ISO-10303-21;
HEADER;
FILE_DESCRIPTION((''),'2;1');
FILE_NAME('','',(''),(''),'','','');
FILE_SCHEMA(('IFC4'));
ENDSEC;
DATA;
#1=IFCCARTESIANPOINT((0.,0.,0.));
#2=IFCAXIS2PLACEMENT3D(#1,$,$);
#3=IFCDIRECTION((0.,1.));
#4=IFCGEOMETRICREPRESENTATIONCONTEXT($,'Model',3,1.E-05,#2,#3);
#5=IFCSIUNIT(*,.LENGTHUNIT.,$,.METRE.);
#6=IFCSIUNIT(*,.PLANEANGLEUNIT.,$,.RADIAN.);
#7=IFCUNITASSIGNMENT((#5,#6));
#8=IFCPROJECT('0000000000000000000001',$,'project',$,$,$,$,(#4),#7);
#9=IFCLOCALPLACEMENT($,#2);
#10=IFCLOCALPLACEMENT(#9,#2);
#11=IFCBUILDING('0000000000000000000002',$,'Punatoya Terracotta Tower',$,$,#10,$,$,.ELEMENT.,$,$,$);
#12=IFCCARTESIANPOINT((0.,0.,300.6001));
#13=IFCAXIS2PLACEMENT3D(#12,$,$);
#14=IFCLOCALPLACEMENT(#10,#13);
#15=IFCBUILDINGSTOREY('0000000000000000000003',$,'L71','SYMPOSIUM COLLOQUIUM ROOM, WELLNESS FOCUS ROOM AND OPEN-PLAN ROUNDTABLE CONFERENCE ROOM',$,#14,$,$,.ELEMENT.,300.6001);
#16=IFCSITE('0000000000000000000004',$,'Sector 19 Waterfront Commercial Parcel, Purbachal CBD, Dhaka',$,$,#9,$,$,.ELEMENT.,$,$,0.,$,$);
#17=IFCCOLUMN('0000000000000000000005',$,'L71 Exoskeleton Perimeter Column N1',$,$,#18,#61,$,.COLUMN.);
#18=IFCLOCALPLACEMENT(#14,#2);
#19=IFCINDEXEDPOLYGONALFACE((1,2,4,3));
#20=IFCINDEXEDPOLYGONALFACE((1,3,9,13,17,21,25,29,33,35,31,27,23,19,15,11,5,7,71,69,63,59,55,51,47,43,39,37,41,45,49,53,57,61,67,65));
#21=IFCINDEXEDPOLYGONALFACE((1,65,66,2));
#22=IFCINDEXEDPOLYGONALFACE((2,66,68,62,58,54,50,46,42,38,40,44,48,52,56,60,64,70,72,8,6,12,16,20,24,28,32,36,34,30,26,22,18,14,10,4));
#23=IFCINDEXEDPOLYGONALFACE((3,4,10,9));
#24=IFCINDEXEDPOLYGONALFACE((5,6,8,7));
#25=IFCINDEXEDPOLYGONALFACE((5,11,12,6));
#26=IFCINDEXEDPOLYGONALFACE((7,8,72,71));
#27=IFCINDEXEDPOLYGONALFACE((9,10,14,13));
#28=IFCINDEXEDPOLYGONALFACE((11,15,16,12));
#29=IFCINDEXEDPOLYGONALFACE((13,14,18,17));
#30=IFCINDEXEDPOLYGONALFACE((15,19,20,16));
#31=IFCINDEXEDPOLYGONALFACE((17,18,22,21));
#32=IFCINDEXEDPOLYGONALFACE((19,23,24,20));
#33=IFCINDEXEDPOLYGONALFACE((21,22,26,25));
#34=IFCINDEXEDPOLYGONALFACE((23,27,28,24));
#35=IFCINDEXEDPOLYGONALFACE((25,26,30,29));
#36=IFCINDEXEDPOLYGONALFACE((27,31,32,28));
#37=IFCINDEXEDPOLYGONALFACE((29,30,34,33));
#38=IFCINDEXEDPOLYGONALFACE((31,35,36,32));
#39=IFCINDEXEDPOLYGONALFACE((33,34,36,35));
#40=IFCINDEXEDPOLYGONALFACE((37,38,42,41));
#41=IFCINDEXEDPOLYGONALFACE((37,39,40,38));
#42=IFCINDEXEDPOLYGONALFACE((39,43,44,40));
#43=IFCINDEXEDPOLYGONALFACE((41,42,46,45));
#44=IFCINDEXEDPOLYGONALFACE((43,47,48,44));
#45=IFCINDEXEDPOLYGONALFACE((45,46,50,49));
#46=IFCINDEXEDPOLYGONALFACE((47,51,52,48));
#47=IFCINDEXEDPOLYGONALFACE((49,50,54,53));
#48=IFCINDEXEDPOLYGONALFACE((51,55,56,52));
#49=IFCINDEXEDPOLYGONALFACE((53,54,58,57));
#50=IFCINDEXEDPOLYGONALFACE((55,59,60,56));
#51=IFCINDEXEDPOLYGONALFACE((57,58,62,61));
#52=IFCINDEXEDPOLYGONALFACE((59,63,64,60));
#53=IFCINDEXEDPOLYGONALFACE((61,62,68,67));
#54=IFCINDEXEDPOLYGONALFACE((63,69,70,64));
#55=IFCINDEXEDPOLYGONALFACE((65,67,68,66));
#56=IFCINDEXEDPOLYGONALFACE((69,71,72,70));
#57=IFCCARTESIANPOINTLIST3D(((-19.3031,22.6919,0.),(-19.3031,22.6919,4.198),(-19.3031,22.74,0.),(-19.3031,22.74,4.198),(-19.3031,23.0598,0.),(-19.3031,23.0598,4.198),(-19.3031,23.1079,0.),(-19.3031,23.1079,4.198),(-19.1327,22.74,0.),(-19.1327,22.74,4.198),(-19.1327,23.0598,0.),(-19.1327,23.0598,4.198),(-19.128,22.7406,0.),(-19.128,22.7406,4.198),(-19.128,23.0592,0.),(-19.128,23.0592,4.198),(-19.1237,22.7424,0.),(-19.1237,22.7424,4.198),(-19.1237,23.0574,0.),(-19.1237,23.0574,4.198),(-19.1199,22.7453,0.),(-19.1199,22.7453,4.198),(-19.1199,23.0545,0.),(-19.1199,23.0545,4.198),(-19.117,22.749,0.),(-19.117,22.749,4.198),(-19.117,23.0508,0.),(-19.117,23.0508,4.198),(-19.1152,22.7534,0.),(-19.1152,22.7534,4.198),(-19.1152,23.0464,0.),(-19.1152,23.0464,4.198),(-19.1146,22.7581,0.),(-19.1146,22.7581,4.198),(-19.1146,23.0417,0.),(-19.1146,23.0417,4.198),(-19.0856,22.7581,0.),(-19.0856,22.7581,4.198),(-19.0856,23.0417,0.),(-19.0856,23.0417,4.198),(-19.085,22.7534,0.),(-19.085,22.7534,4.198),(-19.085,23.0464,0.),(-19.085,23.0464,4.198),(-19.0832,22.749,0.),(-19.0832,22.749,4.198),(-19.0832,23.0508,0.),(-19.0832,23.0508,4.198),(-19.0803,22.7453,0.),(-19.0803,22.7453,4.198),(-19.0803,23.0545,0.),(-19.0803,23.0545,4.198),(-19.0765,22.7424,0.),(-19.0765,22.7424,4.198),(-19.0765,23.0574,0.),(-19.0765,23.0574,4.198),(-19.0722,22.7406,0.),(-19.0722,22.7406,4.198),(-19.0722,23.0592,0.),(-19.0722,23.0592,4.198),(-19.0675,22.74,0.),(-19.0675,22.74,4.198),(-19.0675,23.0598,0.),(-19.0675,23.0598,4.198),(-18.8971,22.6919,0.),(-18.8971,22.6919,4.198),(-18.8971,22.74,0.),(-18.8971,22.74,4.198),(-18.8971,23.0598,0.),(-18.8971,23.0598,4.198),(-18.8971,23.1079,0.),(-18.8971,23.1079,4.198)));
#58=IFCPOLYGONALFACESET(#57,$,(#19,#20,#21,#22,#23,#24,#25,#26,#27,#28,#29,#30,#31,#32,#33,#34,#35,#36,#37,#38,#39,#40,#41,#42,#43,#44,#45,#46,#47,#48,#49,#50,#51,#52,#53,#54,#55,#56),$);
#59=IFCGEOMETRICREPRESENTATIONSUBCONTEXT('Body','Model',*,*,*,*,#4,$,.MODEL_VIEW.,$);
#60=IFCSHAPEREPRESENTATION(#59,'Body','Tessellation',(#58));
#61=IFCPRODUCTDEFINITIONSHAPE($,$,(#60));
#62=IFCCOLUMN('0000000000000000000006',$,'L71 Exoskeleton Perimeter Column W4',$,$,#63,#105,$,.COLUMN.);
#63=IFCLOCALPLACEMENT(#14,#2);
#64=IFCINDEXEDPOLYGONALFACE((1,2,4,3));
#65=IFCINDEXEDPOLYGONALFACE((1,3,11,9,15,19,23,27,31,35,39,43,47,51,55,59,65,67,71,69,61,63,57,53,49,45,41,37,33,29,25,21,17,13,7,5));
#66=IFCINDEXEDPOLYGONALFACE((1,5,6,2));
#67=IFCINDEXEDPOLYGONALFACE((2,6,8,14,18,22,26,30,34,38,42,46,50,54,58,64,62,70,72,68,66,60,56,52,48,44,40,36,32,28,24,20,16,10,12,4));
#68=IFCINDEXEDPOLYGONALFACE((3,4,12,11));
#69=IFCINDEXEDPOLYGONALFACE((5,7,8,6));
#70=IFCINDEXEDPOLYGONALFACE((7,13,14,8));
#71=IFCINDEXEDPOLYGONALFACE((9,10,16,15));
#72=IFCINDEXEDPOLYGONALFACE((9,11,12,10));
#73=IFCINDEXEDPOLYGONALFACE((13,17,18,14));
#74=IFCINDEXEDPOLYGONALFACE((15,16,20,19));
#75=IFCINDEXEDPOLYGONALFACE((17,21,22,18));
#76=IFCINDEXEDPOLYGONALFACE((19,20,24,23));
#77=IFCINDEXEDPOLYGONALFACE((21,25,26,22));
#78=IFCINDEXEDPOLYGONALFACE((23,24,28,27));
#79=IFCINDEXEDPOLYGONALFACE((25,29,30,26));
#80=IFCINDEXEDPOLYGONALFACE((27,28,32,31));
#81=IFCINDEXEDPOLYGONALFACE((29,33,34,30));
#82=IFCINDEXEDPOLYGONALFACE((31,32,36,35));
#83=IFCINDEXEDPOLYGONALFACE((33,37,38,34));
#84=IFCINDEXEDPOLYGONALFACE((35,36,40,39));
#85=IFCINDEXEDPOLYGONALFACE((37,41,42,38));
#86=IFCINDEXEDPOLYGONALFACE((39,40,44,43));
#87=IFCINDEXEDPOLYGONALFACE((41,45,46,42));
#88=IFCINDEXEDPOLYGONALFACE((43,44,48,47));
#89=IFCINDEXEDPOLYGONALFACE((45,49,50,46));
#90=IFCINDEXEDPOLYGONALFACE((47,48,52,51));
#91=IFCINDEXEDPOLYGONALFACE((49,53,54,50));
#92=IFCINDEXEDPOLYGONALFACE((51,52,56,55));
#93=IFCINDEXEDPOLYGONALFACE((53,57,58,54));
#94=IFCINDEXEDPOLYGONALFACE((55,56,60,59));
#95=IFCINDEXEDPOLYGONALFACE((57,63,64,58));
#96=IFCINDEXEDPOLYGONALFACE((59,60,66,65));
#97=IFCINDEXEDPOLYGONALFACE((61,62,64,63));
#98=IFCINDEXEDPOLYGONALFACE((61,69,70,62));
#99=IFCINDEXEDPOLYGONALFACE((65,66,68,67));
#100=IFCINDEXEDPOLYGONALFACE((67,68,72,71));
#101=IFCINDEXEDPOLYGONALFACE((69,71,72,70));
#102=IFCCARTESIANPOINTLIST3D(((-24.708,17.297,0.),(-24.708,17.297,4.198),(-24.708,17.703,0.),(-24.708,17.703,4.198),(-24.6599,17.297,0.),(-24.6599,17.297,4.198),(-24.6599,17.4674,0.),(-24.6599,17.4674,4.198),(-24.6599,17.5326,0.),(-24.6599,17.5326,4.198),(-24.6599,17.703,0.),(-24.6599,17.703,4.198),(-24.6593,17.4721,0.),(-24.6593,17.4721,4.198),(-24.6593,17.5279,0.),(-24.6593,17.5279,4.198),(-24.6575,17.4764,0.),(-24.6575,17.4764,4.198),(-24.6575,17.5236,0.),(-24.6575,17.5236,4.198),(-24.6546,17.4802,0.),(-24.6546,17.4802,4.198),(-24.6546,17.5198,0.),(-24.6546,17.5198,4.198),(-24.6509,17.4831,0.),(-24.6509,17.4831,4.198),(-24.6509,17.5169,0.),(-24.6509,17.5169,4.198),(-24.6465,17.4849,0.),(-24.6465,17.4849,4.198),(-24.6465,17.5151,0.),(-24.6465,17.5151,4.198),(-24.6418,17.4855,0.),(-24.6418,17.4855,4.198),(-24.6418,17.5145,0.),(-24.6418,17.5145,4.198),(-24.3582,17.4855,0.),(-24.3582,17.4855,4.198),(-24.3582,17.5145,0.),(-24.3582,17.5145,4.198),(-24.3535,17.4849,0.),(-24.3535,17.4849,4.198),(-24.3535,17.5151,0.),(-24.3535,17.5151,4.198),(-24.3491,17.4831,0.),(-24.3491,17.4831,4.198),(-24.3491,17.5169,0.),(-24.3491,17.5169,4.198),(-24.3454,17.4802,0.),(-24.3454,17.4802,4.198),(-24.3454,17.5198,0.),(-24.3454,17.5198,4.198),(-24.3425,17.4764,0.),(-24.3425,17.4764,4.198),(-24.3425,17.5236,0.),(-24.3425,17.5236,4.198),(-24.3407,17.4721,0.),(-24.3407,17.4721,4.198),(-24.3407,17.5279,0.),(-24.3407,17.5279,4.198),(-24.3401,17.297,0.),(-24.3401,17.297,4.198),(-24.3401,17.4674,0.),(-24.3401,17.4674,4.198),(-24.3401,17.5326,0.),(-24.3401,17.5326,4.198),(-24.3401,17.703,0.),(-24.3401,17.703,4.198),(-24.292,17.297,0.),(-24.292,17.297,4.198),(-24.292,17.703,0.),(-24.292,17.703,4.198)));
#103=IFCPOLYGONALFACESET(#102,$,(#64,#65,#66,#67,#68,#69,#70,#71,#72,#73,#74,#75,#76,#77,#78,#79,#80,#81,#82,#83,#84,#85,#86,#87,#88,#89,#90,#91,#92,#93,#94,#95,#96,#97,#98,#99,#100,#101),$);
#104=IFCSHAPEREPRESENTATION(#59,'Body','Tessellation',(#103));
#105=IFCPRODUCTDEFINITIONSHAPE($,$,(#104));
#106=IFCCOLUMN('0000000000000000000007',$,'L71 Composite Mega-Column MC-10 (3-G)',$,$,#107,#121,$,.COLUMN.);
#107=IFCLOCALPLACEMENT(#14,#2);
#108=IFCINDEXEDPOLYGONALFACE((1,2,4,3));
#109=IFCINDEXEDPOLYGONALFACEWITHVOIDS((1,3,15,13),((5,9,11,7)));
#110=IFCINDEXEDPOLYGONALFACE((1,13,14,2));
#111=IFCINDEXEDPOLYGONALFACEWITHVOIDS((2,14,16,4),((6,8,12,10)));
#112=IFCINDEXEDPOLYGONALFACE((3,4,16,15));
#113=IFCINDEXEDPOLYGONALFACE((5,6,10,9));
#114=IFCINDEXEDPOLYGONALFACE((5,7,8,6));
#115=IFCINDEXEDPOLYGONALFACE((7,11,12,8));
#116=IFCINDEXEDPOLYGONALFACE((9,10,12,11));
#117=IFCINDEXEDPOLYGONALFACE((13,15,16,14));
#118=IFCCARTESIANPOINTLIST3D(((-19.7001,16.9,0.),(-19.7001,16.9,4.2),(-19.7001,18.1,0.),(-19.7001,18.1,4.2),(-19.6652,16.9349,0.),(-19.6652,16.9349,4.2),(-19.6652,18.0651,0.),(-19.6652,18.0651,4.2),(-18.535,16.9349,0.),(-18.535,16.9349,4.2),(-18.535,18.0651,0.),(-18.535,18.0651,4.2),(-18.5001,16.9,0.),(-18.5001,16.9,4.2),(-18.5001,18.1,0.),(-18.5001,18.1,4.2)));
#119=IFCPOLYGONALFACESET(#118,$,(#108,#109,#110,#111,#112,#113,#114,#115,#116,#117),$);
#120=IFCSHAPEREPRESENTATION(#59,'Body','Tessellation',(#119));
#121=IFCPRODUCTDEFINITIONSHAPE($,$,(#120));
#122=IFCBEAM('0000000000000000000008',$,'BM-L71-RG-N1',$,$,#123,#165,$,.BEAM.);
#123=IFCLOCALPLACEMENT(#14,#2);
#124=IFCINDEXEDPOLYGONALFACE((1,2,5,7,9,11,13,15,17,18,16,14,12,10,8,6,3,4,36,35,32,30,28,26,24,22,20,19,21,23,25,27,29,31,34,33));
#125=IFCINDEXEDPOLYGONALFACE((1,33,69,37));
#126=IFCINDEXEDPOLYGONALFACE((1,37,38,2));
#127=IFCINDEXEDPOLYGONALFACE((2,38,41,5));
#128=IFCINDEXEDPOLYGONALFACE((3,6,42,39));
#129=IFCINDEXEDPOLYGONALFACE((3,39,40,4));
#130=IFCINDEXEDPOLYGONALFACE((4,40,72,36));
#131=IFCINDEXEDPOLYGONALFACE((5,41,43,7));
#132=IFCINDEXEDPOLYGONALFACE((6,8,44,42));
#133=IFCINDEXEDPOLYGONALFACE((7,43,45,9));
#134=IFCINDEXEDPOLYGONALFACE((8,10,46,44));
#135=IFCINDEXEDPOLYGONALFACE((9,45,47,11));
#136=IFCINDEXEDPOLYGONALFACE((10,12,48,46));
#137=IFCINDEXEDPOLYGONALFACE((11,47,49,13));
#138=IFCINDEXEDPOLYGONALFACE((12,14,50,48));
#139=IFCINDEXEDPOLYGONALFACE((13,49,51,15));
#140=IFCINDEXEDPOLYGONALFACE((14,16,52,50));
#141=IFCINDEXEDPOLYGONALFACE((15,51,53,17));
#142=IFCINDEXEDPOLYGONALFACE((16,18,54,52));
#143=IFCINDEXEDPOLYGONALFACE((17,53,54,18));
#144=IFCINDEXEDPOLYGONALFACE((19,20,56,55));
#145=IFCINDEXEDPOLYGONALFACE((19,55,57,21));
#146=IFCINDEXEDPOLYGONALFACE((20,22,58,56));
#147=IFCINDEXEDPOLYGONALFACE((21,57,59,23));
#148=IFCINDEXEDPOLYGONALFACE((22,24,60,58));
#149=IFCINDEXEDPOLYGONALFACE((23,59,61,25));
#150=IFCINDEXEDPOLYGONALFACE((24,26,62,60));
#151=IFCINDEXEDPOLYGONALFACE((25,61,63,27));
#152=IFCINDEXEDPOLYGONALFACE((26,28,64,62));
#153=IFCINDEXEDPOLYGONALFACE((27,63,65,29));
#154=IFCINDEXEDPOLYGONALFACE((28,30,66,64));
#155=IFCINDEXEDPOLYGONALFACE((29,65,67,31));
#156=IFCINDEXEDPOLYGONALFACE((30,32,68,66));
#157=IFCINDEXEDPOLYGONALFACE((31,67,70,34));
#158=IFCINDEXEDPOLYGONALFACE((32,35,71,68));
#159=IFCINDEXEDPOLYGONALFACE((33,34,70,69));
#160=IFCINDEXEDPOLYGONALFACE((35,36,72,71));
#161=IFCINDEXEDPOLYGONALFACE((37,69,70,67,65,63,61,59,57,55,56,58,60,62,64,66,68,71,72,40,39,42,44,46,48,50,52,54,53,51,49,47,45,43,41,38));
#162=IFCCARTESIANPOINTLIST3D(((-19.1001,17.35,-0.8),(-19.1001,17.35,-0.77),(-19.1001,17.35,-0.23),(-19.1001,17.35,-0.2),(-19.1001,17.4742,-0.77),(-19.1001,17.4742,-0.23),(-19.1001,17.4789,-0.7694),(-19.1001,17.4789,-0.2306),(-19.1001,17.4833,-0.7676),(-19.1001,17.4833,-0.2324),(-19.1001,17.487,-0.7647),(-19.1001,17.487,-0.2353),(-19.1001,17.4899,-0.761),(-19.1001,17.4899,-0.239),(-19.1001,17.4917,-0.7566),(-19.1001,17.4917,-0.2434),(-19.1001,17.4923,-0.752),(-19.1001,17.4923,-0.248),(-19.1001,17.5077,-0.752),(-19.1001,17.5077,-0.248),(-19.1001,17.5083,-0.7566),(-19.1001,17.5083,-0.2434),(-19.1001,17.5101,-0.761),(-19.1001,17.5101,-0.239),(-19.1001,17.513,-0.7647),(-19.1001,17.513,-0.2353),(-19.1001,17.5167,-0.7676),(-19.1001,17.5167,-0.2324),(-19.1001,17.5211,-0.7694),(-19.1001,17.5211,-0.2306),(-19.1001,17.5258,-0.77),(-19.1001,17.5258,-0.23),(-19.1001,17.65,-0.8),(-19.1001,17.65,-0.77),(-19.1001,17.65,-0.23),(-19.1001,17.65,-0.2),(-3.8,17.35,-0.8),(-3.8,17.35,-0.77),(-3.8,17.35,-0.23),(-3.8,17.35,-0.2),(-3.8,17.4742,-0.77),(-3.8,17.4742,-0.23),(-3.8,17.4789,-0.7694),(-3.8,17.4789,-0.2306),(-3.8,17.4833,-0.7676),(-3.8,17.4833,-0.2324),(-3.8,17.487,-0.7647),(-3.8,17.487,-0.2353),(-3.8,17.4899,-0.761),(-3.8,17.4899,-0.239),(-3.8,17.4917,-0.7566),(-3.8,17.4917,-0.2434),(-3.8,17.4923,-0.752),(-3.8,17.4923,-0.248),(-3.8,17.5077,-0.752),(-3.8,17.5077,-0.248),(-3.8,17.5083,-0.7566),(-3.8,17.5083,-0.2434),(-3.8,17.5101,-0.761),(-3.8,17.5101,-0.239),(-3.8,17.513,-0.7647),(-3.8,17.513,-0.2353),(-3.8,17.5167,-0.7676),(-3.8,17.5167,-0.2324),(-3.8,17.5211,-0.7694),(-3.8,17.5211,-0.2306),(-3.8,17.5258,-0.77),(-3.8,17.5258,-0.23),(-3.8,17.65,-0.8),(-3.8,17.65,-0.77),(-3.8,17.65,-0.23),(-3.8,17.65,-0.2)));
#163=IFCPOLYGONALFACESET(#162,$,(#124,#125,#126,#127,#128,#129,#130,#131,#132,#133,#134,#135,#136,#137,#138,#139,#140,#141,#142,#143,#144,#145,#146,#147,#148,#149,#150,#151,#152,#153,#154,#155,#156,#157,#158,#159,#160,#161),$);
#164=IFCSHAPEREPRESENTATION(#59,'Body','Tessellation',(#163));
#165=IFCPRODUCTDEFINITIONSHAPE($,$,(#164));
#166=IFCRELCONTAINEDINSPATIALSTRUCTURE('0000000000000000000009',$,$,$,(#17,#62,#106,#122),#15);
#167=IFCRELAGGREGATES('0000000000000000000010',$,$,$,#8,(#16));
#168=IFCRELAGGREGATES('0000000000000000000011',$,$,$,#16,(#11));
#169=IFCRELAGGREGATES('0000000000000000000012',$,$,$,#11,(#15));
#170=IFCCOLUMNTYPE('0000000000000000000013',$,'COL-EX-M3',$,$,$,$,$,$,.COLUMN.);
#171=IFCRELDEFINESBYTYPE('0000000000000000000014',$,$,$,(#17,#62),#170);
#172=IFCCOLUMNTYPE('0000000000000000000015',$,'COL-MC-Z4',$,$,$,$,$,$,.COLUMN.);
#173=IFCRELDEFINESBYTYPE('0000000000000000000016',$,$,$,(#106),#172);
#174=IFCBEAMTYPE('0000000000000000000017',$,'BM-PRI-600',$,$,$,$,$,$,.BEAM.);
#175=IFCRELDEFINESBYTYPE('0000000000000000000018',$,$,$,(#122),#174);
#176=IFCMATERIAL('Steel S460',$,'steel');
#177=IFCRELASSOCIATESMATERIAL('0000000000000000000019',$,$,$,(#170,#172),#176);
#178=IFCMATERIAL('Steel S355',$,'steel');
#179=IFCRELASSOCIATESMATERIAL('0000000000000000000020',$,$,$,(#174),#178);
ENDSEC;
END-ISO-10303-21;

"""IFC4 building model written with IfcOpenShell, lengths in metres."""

from ifc_helpers import new_model, si_unit, direction, frame, origin, origin_2d, place, context, subcontext, project, spatial, hollow_rectangle, i_section, extrude, material, material_profile, profile_set, type_object, element, save


model = new_model("IFC4")

# Units and contexts
model_context = context("Model", 3, precision=1e-05, world=origin(), true_north=direction((0.0, 1.0)))
body_context = subcontext(model_context, "Body", "Model", "MODEL_VIEW")
ifc_project = project(units=[si_unit("LENGTHUNIT", "METRE"), si_unit("PLANEANGLEUNIT", "RADIAN")], contexts=[model_context])

# Site, building, storey
site_placement = place(None, origin())
site = spatial("IfcSite", under=ifc_project, at=site_placement, Name="Sector 19 Waterfront Commercial Parcel, Purbachal CBD, Dhaka", CompositionType="ELEMENT", RefElevation=0.0)
building_placement = place(site_placement, origin())
building = spatial("IfcBuilding", under=site, at=building_placement, Name="Punatoya Terracotta Tower", CompositionType="ELEMENT")
storey_placement = place(building_placement, frame((0.0, 0.0, 300.6001)))
storey = spatial("IfcBuildingStorey", under=building, at=storey_placement, Name="L71", Description="SYMPOSIUM COLLOQUIUM ROOM, WELLNESS FOCUS ROOM AND OPEN-PLAN ROUNDTABLE CONFERENCE ROOM", CompositionType="ELEMENT", Elevation=300.6001)

# Columns
ifc_material_1 = material(Name="Steel S460", Category="steel")
ifc_material_profile_1 = material_profile(ifc_material_1, i_section(OverallWidth=0.406, OverallDepth=0.416, WebThickness=0.0291, FlangeThickness=0.0481, FilletRadius=0.0181, at=origin_2d()))
ifc_profile_set_1 = profile_set([ifc_material_profile_1], Name="Steel S460")
column_type_1 = type_object("IfcColumnType", Name="COL-EX-M3", PredefinedType="COLUMN", material=ifc_profile_set_1)
for number, where, z_axis, x_axis, name in (
    (1, (-19.1001, 22.8999, 0.0), (0.0, 0.0, 1.0), (1.0, 0.0, 0.0), "L71 Exoskeleton Perimeter Column N1"),
    (2, (-24.5, 17.5, 0.0), (0.0, 0.0, 1.0), (0.0, 1.0, 0.0), "L71 Exoskeleton Perimeter Column W4"),
):
    element("IfcColumn", number, at=place(storey_placement, frame(where, z_axis=z_axis, x_axis=x_axis)), inside=storey, type_object=column_type_1, Name=name, PredefinedType="COLUMN", context=body_context, shape_type="SweptSolid", body=[
        extrude(i_section(OverallWidth=0.406, OverallDepth=0.416, WebThickness=0.0291, FlangeThickness=0.0481, FilletRadius=0.0181, at=origin_2d()), origin(), (0.0, 0.0, 1.0), 4.198),
    ])
ifc_material_profile_2 = material_profile(ifc_material_1, hollow_rectangle(XDim=1.2, YDim=1.2, WallThickness=0.0349, at=origin_2d()))
ifc_profile_set_2 = profile_set([ifc_material_profile_2], Name="Steel S460")
column_type_2 = type_object("IfcColumnType", Name="COL-MC-Z4", PredefinedType="COLUMN", material=ifc_profile_set_2)
column_placement = place(storey_placement, frame((-19.1001, 17.5, 0.0), z_axis=(0.0, 0.0, 1.0), x_axis=(1.0, 0.0, 0.0)))
element("IfcColumn", 3, at=column_placement, inside=storey, type_object=column_type_2, Name="L71 Composite Mega-Column MC-10 (3-G)", PredefinedType="COLUMN", context=body_context, shape_type="SweptSolid", body=[
    extrude(hollow_rectangle(XDim=1.2, YDim=1.2, WallThickness=0.0349, at=origin_2d()), origin(), (0.0, 0.0, 1.0), 4.2),
])

# Beam
ifc_material_2 = material(Name="Steel S355", Category="steel")
ifc_material_profile_3 = material_profile(ifc_material_2, i_section(OverallWidth=0.3, OverallDepth=0.6001, WebThickness=0.0154, FlangeThickness=0.03, FilletRadius=0.0181, at=origin_2d()))
ifc_profile_set_3 = profile_set([ifc_material_profile_3], Name="Steel S355")
beam_type_1 = type_object("IfcBeamType", Name="BM-PRI-600", PredefinedType="BEAM", material=ifc_profile_set_3)
beam_1_placement = place(storey_placement, frame((-19.1001, 17.5, -0.5), z_axis=(1.0, 0.0, 0.0), x_axis=(0.0, 1.0, 0.0)))
element("IfcBeam", 4, at=beam_1_placement, inside=storey, type_object=beam_type_1, Name="BM-L71-RG-N1", PredefinedType="BEAM", context=body_context, shape_type="SweptSolid", body=[
    extrude(i_section(OverallWidth=0.3, OverallDepth=0.6001, WebThickness=0.0154, FlangeThickness=0.03, FilletRadius=0.0181, at=origin_2d()), origin(), (0.0, 0.0, 1.0), 15.3),
])

save(model, "model.ifc")
